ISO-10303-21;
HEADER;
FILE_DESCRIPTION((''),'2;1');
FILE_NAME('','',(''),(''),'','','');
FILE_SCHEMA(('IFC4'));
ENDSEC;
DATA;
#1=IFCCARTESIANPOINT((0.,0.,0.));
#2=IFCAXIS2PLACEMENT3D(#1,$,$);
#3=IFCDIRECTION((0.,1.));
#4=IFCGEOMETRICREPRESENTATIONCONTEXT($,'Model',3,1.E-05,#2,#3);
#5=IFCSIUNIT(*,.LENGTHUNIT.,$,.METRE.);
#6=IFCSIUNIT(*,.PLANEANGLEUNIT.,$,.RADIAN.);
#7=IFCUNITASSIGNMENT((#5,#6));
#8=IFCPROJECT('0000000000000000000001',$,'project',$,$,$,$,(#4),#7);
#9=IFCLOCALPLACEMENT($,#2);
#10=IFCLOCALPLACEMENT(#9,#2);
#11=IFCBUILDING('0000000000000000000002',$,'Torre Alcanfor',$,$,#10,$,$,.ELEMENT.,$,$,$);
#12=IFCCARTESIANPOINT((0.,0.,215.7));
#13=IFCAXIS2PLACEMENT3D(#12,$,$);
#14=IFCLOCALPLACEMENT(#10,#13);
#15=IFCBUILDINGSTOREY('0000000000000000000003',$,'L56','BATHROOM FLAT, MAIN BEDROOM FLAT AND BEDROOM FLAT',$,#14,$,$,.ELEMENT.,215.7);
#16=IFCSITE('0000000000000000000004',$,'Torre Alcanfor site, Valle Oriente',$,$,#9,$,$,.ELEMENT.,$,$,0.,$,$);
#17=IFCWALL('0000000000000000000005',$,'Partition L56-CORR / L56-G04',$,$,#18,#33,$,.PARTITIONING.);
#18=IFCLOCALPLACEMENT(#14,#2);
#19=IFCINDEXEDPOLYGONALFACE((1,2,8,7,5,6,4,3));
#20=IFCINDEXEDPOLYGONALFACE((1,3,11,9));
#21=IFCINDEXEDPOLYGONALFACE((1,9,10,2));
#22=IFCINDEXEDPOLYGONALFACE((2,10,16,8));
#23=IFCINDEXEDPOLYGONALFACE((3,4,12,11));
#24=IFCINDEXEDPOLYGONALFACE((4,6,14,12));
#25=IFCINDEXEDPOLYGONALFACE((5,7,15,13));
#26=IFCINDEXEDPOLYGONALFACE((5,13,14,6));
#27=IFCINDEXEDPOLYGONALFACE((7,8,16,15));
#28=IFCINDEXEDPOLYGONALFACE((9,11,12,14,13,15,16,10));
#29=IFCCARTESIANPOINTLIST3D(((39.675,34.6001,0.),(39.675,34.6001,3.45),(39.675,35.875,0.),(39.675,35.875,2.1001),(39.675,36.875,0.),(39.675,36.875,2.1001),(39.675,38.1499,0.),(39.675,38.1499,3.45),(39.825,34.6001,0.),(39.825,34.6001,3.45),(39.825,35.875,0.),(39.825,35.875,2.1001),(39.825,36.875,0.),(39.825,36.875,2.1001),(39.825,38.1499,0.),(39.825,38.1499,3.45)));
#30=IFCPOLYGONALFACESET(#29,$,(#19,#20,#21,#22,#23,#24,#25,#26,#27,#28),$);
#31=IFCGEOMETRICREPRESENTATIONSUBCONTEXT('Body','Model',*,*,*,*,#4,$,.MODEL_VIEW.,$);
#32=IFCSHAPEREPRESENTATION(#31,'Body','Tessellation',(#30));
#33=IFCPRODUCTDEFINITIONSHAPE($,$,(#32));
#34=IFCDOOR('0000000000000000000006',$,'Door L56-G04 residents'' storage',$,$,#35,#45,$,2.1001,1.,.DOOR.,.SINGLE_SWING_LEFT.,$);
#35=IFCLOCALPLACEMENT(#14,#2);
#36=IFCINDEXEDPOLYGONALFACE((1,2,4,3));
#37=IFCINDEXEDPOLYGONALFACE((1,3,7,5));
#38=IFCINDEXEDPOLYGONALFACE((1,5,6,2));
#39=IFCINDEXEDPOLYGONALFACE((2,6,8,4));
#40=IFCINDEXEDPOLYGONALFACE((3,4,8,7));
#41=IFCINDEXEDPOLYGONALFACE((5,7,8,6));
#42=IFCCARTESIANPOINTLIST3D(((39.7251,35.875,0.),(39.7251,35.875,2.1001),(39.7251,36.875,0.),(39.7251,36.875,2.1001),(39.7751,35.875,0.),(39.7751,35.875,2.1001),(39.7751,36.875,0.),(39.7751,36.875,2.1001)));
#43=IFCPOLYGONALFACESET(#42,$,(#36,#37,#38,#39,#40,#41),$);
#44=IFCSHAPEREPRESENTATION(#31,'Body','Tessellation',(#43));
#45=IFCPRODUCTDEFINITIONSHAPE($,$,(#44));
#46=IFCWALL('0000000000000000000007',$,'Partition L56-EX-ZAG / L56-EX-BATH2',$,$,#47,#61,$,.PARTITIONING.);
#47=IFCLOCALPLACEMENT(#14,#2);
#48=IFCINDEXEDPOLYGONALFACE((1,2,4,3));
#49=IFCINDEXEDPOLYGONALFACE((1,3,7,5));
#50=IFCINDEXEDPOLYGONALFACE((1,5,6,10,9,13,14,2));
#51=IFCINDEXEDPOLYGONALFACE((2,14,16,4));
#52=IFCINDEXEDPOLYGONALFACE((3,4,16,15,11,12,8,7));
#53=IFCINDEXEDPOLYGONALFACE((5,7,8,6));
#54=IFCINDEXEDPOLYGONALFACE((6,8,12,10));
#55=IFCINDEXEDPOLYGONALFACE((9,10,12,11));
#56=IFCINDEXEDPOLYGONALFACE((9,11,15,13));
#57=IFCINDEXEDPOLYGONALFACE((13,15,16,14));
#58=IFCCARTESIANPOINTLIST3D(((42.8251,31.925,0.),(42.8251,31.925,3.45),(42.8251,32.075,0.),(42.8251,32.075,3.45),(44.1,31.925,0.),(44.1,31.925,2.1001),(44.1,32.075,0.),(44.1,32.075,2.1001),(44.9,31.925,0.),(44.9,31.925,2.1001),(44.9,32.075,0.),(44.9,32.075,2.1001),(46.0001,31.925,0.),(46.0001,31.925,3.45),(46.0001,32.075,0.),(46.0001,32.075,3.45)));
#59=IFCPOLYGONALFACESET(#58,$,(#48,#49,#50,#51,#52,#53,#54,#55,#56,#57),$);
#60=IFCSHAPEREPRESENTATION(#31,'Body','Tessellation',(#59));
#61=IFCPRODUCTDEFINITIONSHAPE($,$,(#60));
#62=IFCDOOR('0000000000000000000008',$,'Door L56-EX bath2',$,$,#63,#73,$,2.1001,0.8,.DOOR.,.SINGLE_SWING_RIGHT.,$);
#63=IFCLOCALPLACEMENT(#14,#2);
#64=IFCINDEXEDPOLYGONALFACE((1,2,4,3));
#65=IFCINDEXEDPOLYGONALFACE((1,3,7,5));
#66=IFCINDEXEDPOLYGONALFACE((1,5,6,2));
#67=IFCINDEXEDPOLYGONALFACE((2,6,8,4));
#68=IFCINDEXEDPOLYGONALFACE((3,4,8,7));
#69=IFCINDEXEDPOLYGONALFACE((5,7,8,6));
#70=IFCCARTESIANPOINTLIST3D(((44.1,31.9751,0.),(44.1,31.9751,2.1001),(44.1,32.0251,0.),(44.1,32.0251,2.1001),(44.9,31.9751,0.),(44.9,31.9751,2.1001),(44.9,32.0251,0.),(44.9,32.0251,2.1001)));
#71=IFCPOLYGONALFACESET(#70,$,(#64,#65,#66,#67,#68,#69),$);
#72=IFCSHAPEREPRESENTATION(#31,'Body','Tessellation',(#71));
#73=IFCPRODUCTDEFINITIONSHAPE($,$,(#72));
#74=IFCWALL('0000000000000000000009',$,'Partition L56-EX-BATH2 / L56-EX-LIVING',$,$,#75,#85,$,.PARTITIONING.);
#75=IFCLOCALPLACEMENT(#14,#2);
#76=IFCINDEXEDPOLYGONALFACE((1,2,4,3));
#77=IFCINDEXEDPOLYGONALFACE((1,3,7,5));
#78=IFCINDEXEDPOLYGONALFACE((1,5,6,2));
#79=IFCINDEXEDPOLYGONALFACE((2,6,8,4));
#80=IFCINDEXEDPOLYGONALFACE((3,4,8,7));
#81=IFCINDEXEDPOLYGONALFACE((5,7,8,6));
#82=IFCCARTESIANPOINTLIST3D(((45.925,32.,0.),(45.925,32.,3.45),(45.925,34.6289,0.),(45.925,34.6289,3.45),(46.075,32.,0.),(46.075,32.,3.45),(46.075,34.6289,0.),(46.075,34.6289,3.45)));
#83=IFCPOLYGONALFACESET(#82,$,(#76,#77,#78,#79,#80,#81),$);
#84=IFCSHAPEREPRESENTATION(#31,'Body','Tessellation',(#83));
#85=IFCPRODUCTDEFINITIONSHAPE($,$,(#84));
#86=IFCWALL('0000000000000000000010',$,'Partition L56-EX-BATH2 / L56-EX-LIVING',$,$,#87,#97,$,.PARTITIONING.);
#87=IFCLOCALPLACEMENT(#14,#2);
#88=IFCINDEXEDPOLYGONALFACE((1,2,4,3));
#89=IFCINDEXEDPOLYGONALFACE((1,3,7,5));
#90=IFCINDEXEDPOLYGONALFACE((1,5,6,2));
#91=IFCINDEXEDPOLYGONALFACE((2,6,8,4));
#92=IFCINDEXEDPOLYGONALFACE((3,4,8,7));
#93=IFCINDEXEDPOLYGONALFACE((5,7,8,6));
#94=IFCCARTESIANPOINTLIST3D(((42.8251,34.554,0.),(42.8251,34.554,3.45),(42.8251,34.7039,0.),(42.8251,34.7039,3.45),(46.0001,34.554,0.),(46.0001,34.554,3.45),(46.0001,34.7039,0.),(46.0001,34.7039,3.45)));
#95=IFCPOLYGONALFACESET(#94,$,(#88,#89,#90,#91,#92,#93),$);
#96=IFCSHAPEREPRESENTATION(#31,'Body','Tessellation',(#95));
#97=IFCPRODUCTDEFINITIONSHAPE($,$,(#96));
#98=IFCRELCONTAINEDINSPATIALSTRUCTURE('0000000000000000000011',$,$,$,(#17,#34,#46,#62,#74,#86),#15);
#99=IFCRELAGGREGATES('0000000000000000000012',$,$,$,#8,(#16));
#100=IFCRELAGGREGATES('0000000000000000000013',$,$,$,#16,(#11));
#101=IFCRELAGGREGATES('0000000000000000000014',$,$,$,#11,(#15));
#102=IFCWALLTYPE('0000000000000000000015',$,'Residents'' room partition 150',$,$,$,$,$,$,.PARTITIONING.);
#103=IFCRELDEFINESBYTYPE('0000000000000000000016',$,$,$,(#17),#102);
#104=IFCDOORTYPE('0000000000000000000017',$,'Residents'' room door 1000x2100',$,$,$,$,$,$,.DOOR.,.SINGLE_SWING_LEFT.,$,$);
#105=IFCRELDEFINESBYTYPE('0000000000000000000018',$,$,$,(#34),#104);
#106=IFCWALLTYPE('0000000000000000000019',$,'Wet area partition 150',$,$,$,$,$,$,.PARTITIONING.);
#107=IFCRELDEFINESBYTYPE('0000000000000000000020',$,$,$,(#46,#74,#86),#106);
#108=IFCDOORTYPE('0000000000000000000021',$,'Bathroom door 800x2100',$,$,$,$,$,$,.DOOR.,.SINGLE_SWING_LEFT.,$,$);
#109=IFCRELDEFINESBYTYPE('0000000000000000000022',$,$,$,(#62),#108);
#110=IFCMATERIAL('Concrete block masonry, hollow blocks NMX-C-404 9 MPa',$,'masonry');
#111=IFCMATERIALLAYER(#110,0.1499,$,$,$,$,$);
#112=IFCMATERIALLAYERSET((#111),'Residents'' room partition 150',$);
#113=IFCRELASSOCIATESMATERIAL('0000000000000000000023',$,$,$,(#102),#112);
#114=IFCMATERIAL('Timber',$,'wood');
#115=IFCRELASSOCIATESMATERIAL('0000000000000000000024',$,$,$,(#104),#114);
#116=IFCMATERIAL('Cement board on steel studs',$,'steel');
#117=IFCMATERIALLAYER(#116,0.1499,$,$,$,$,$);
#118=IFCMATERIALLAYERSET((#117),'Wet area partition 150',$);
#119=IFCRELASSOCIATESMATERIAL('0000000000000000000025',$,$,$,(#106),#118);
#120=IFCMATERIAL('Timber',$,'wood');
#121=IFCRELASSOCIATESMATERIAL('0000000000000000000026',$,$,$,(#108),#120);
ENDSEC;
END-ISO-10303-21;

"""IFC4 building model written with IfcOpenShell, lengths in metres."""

from ifc_helpers import new_model, si_unit, direction, frame, frame_2d, origin, place, context, subcontext, project, spatial, rectangle, extrude, material, layer, layer_set, type_object, element, fill, save


model = new_model("IFC4")

# Units and contexts
model_context = context("Model", 3, precision=1e-05, world=origin(), true_north=direction((0.0, 1.0)))
body_context = subcontext(model_context, "Body", "Model", "MODEL_VIEW")
ifc_project = project(units=[si_unit("LENGTHUNIT", "METRE"), si_unit("PLANEANGLEUNIT", "RADIAN")], contexts=[model_context])

# Site, building, storey
site_placement = place(None, origin())
site = spatial("IfcSite", under=ifc_project, at=site_placement, Name="Torre Alcanfor site, Valle Oriente", CompositionType="ELEMENT", RefElevation=0.0)
building_placement = place(site_placement, origin())
building = spatial("IfcBuilding", under=site, at=building_placement, Name="Torre Alcanfor", CompositionType="ELEMENT")
storey_placement = place(building_placement, frame((0.0, 0.0, 215.7)))
storey = spatial("IfcBuildingStorey", under=building, at=storey_placement, Name="L56", Description="BATHROOM FLAT, MAIN BEDROOM FLAT AND BEDROOM FLAT", CompositionType="ELEMENT", Elevation=215.7)

# Shared definitions
ifc_material_1 = material(Name="Concrete block masonry, hollow blocks NMX-C-404 9 MPa", Category="masonry")
ifc_layer_1 = layer(ifc_material_1, 0.1499)
ifc_layer_set_1 = layer_set([ifc_layer_1], Name="Residents' room partition 150")
wall_type_1 = type_object("IfcWallType", Name="Residents' room partition 150", PredefinedType="PARTITIONING", material=ifc_layer_set_1)

# Walls, openings, doors
wall_1_placement = place(storey_placement, frame((39.75, 34.6001, 0.0), z_axis=(0.0, 0.0, 1.0), x_axis=(0.0, 1.0, 0.0)))
wall_1 = element("IfcWall", 1, at=wall_1_placement, inside=storey, type_object=wall_type_1, Name="Partition L56-CORR / L56-G04", PredefinedType="PARTITIONING", context=body_context, shape_type="SweptSolid", body=[
    extrude(rectangle(XDim=3.5498, YDim=0.1499, at=frame_2d((1.7749, 0.0))), origin(), (0.0, 0.0, 1.0), 3.45),
])
opening_1_placement = place(wall_1_placement, frame((1.2749, 0.0, 0.0)))
opening_1 = element("IfcOpeningElement", 2, at=opening_1_placement, cuts=wall_1, PredefinedType="OPENING", context=body_context, shape_type="SweptSolid", body=[
    extrude(rectangle(XDim=1.0, YDim=2.1001, at=frame_2d((0.5, 1.05))), frame((0.0, 0.085, 0.0), z_axis=(0.0, -1.0, 0.0), x_axis=(1.0, 0.0, 0.0)), (0.0, 0.0, 1.0), 0.1699),
])
ifc_material_2 = material(Name="Timber", Category="wood")
door_type_1 = type_object("IfcDoorType", Name="Residents' room door 1000x2100", OperationType="SINGLE_SWING_LEFT", PredefinedType="DOOR", material=ifc_material_2)
door_1_placement = place(opening_1_placement, origin())
door_1 = element("IfcDoor", 3, at=door_1_placement, inside=storey, type_object=door_type_1, Name="Door L56-G04 residents' storage", OperationType="SINGLE_SWING_LEFT", OverallHeight=2.1001, OverallWidth=1.0, PredefinedType="DOOR", context=body_context, shape_type="SweptSolid", body=[
    extrude(rectangle(XDim=1.0, YDim=2.1001, at=frame_2d((0.5, 1.05))), frame((0.0, 0.0249, 0.0), z_axis=(0.0, -1.0, 0.0), x_axis=(1.0, 0.0, 0.0)), (0.0, 0.0, 1.0), 0.05),
])
fill(opening_1, door_1)
ifc_material_3 = material(Name="Cement board on steel studs", Category="steel")
ifc_layer_2 = layer(ifc_material_3, 0.1499)
ifc_layer_set_2 = layer_set([ifc_layer_2], Name="Wet area partition 150")
wall_type_2 = type_object("IfcWallType", Name="Wet area partition 150", PredefinedType="PARTITIONING", material=ifc_layer_set_2)
wall_2_placement = place(storey_placement, frame((46.0, 32.0, 0.0), z_axis=(0.0, 0.0, 1.0), x_axis=(-1.0, 0.0, 0.0)))
wall_2 = element("IfcWall", 4, at=wall_2_placement, inside=storey, type_object=wall_type_2, Name="Partition L56-EX-ZAG / L56-EX-BATH2", PredefinedType="PARTITIONING", context=body_context, shape_type="SweptSolid", body=[
    extrude(rectangle(XDim=3.175, YDim=0.1499, at=frame_2d((1.5874, 0.0))), origin(), (0.0, 0.0, 1.0), 3.45),
])
opening_2_placement = place(wall_2_placement, frame((1.1001, 0.0, 0.0)))
opening_2 = element("IfcOpeningElement", 5, at=opening_2_placement, cuts=wall_2, PredefinedType="OPENING", context=body_context, shape_type="SweptSolid", body=[
    extrude(rectangle(XDim=0.8, YDim=2.1001, at=frame_2d((0.3999, 1.05))), frame((0.0, 0.085, 0.0), z_axis=(0.0, -1.0, 0.0), x_axis=(1.0, 0.0, 0.0)), (0.0, 0.0, 1.0), 0.1699),
])
ifc_material_4 = material(Name="Timber", Category="wood")
door_type_2 = type_object("IfcDoorType", Name="Bathroom door 800x2100", OperationType="SINGLE_SWING_LEFT", PredefinedType="DOOR", material=ifc_material_4)
door_2_placement = place(opening_2_placement, frame((0.8, 0.0, 0.0), z_axis=(0.0, 0.0, 1.0), x_axis=(-1.0, 0.0, 0.0)))
door_2 = element("IfcDoor", 6, at=door_2_placement, inside=storey, type_object=door_type_2, Name="Door L56-EX bath2", OperationType="SINGLE_SWING_RIGHT", OverallHeight=2.1001, OverallWidth=0.8, PredefinedType="DOOR", context=body_context, shape_type="SweptSolid", body=[
    extrude(rectangle(XDim=0.8, YDim=2.1001, at=frame_2d((0.4001, 1.05))), frame((0.0, 0.0251, 0.0), z_axis=(0.0, -1.0, 0.0), x_axis=(1.0, 0.0, 0.0)), (0.0, 0.0, 1.0), 0.05),
])
fill(opening_2, door_2)

# Walls
wall_3_placement = place(storey_placement, frame((46.0, 32.0, 0.0), z_axis=(0.0, 0.0, 1.0), x_axis=(0.0, 1.0, 0.0)))
element("IfcWall", 7, at=wall_3_placement, inside=storey, type_object=wall_type_2, Name="Partition L56-EX-BATH2 / L56-EX-LIVING", PredefinedType="PARTITIONING", context=body_context, shape_type="SweptSolid", body=[
    extrude(rectangle(XDim=2.6289, YDim=0.1499, at=frame_2d((1.3145, 0.0))), origin(), (0.0, 0.0, 1.0), 3.45),
])
wall_4_placement = place(storey_placement, frame((46.0, 34.6289, 0.0), z_axis=(0.0, 0.0, 1.0), x_axis=(-1.0, 0.0, 0.0)))
element("IfcWall", 8, at=wall_4_placement, inside=storey, type_object=wall_type_2, Name="Partition L56-EX-BATH2 / L56-EX-LIVING", PredefinedType="PARTITIONING", context=body_context, shape_type="SweptSolid", body=[
    extrude(rectangle(XDim=3.175, YDim=0.1499, at=frame_2d((1.5874, 0.0))), origin(), (0.0, 0.0, 1.0), 3.45),
])

save(model, "model.ifc")
